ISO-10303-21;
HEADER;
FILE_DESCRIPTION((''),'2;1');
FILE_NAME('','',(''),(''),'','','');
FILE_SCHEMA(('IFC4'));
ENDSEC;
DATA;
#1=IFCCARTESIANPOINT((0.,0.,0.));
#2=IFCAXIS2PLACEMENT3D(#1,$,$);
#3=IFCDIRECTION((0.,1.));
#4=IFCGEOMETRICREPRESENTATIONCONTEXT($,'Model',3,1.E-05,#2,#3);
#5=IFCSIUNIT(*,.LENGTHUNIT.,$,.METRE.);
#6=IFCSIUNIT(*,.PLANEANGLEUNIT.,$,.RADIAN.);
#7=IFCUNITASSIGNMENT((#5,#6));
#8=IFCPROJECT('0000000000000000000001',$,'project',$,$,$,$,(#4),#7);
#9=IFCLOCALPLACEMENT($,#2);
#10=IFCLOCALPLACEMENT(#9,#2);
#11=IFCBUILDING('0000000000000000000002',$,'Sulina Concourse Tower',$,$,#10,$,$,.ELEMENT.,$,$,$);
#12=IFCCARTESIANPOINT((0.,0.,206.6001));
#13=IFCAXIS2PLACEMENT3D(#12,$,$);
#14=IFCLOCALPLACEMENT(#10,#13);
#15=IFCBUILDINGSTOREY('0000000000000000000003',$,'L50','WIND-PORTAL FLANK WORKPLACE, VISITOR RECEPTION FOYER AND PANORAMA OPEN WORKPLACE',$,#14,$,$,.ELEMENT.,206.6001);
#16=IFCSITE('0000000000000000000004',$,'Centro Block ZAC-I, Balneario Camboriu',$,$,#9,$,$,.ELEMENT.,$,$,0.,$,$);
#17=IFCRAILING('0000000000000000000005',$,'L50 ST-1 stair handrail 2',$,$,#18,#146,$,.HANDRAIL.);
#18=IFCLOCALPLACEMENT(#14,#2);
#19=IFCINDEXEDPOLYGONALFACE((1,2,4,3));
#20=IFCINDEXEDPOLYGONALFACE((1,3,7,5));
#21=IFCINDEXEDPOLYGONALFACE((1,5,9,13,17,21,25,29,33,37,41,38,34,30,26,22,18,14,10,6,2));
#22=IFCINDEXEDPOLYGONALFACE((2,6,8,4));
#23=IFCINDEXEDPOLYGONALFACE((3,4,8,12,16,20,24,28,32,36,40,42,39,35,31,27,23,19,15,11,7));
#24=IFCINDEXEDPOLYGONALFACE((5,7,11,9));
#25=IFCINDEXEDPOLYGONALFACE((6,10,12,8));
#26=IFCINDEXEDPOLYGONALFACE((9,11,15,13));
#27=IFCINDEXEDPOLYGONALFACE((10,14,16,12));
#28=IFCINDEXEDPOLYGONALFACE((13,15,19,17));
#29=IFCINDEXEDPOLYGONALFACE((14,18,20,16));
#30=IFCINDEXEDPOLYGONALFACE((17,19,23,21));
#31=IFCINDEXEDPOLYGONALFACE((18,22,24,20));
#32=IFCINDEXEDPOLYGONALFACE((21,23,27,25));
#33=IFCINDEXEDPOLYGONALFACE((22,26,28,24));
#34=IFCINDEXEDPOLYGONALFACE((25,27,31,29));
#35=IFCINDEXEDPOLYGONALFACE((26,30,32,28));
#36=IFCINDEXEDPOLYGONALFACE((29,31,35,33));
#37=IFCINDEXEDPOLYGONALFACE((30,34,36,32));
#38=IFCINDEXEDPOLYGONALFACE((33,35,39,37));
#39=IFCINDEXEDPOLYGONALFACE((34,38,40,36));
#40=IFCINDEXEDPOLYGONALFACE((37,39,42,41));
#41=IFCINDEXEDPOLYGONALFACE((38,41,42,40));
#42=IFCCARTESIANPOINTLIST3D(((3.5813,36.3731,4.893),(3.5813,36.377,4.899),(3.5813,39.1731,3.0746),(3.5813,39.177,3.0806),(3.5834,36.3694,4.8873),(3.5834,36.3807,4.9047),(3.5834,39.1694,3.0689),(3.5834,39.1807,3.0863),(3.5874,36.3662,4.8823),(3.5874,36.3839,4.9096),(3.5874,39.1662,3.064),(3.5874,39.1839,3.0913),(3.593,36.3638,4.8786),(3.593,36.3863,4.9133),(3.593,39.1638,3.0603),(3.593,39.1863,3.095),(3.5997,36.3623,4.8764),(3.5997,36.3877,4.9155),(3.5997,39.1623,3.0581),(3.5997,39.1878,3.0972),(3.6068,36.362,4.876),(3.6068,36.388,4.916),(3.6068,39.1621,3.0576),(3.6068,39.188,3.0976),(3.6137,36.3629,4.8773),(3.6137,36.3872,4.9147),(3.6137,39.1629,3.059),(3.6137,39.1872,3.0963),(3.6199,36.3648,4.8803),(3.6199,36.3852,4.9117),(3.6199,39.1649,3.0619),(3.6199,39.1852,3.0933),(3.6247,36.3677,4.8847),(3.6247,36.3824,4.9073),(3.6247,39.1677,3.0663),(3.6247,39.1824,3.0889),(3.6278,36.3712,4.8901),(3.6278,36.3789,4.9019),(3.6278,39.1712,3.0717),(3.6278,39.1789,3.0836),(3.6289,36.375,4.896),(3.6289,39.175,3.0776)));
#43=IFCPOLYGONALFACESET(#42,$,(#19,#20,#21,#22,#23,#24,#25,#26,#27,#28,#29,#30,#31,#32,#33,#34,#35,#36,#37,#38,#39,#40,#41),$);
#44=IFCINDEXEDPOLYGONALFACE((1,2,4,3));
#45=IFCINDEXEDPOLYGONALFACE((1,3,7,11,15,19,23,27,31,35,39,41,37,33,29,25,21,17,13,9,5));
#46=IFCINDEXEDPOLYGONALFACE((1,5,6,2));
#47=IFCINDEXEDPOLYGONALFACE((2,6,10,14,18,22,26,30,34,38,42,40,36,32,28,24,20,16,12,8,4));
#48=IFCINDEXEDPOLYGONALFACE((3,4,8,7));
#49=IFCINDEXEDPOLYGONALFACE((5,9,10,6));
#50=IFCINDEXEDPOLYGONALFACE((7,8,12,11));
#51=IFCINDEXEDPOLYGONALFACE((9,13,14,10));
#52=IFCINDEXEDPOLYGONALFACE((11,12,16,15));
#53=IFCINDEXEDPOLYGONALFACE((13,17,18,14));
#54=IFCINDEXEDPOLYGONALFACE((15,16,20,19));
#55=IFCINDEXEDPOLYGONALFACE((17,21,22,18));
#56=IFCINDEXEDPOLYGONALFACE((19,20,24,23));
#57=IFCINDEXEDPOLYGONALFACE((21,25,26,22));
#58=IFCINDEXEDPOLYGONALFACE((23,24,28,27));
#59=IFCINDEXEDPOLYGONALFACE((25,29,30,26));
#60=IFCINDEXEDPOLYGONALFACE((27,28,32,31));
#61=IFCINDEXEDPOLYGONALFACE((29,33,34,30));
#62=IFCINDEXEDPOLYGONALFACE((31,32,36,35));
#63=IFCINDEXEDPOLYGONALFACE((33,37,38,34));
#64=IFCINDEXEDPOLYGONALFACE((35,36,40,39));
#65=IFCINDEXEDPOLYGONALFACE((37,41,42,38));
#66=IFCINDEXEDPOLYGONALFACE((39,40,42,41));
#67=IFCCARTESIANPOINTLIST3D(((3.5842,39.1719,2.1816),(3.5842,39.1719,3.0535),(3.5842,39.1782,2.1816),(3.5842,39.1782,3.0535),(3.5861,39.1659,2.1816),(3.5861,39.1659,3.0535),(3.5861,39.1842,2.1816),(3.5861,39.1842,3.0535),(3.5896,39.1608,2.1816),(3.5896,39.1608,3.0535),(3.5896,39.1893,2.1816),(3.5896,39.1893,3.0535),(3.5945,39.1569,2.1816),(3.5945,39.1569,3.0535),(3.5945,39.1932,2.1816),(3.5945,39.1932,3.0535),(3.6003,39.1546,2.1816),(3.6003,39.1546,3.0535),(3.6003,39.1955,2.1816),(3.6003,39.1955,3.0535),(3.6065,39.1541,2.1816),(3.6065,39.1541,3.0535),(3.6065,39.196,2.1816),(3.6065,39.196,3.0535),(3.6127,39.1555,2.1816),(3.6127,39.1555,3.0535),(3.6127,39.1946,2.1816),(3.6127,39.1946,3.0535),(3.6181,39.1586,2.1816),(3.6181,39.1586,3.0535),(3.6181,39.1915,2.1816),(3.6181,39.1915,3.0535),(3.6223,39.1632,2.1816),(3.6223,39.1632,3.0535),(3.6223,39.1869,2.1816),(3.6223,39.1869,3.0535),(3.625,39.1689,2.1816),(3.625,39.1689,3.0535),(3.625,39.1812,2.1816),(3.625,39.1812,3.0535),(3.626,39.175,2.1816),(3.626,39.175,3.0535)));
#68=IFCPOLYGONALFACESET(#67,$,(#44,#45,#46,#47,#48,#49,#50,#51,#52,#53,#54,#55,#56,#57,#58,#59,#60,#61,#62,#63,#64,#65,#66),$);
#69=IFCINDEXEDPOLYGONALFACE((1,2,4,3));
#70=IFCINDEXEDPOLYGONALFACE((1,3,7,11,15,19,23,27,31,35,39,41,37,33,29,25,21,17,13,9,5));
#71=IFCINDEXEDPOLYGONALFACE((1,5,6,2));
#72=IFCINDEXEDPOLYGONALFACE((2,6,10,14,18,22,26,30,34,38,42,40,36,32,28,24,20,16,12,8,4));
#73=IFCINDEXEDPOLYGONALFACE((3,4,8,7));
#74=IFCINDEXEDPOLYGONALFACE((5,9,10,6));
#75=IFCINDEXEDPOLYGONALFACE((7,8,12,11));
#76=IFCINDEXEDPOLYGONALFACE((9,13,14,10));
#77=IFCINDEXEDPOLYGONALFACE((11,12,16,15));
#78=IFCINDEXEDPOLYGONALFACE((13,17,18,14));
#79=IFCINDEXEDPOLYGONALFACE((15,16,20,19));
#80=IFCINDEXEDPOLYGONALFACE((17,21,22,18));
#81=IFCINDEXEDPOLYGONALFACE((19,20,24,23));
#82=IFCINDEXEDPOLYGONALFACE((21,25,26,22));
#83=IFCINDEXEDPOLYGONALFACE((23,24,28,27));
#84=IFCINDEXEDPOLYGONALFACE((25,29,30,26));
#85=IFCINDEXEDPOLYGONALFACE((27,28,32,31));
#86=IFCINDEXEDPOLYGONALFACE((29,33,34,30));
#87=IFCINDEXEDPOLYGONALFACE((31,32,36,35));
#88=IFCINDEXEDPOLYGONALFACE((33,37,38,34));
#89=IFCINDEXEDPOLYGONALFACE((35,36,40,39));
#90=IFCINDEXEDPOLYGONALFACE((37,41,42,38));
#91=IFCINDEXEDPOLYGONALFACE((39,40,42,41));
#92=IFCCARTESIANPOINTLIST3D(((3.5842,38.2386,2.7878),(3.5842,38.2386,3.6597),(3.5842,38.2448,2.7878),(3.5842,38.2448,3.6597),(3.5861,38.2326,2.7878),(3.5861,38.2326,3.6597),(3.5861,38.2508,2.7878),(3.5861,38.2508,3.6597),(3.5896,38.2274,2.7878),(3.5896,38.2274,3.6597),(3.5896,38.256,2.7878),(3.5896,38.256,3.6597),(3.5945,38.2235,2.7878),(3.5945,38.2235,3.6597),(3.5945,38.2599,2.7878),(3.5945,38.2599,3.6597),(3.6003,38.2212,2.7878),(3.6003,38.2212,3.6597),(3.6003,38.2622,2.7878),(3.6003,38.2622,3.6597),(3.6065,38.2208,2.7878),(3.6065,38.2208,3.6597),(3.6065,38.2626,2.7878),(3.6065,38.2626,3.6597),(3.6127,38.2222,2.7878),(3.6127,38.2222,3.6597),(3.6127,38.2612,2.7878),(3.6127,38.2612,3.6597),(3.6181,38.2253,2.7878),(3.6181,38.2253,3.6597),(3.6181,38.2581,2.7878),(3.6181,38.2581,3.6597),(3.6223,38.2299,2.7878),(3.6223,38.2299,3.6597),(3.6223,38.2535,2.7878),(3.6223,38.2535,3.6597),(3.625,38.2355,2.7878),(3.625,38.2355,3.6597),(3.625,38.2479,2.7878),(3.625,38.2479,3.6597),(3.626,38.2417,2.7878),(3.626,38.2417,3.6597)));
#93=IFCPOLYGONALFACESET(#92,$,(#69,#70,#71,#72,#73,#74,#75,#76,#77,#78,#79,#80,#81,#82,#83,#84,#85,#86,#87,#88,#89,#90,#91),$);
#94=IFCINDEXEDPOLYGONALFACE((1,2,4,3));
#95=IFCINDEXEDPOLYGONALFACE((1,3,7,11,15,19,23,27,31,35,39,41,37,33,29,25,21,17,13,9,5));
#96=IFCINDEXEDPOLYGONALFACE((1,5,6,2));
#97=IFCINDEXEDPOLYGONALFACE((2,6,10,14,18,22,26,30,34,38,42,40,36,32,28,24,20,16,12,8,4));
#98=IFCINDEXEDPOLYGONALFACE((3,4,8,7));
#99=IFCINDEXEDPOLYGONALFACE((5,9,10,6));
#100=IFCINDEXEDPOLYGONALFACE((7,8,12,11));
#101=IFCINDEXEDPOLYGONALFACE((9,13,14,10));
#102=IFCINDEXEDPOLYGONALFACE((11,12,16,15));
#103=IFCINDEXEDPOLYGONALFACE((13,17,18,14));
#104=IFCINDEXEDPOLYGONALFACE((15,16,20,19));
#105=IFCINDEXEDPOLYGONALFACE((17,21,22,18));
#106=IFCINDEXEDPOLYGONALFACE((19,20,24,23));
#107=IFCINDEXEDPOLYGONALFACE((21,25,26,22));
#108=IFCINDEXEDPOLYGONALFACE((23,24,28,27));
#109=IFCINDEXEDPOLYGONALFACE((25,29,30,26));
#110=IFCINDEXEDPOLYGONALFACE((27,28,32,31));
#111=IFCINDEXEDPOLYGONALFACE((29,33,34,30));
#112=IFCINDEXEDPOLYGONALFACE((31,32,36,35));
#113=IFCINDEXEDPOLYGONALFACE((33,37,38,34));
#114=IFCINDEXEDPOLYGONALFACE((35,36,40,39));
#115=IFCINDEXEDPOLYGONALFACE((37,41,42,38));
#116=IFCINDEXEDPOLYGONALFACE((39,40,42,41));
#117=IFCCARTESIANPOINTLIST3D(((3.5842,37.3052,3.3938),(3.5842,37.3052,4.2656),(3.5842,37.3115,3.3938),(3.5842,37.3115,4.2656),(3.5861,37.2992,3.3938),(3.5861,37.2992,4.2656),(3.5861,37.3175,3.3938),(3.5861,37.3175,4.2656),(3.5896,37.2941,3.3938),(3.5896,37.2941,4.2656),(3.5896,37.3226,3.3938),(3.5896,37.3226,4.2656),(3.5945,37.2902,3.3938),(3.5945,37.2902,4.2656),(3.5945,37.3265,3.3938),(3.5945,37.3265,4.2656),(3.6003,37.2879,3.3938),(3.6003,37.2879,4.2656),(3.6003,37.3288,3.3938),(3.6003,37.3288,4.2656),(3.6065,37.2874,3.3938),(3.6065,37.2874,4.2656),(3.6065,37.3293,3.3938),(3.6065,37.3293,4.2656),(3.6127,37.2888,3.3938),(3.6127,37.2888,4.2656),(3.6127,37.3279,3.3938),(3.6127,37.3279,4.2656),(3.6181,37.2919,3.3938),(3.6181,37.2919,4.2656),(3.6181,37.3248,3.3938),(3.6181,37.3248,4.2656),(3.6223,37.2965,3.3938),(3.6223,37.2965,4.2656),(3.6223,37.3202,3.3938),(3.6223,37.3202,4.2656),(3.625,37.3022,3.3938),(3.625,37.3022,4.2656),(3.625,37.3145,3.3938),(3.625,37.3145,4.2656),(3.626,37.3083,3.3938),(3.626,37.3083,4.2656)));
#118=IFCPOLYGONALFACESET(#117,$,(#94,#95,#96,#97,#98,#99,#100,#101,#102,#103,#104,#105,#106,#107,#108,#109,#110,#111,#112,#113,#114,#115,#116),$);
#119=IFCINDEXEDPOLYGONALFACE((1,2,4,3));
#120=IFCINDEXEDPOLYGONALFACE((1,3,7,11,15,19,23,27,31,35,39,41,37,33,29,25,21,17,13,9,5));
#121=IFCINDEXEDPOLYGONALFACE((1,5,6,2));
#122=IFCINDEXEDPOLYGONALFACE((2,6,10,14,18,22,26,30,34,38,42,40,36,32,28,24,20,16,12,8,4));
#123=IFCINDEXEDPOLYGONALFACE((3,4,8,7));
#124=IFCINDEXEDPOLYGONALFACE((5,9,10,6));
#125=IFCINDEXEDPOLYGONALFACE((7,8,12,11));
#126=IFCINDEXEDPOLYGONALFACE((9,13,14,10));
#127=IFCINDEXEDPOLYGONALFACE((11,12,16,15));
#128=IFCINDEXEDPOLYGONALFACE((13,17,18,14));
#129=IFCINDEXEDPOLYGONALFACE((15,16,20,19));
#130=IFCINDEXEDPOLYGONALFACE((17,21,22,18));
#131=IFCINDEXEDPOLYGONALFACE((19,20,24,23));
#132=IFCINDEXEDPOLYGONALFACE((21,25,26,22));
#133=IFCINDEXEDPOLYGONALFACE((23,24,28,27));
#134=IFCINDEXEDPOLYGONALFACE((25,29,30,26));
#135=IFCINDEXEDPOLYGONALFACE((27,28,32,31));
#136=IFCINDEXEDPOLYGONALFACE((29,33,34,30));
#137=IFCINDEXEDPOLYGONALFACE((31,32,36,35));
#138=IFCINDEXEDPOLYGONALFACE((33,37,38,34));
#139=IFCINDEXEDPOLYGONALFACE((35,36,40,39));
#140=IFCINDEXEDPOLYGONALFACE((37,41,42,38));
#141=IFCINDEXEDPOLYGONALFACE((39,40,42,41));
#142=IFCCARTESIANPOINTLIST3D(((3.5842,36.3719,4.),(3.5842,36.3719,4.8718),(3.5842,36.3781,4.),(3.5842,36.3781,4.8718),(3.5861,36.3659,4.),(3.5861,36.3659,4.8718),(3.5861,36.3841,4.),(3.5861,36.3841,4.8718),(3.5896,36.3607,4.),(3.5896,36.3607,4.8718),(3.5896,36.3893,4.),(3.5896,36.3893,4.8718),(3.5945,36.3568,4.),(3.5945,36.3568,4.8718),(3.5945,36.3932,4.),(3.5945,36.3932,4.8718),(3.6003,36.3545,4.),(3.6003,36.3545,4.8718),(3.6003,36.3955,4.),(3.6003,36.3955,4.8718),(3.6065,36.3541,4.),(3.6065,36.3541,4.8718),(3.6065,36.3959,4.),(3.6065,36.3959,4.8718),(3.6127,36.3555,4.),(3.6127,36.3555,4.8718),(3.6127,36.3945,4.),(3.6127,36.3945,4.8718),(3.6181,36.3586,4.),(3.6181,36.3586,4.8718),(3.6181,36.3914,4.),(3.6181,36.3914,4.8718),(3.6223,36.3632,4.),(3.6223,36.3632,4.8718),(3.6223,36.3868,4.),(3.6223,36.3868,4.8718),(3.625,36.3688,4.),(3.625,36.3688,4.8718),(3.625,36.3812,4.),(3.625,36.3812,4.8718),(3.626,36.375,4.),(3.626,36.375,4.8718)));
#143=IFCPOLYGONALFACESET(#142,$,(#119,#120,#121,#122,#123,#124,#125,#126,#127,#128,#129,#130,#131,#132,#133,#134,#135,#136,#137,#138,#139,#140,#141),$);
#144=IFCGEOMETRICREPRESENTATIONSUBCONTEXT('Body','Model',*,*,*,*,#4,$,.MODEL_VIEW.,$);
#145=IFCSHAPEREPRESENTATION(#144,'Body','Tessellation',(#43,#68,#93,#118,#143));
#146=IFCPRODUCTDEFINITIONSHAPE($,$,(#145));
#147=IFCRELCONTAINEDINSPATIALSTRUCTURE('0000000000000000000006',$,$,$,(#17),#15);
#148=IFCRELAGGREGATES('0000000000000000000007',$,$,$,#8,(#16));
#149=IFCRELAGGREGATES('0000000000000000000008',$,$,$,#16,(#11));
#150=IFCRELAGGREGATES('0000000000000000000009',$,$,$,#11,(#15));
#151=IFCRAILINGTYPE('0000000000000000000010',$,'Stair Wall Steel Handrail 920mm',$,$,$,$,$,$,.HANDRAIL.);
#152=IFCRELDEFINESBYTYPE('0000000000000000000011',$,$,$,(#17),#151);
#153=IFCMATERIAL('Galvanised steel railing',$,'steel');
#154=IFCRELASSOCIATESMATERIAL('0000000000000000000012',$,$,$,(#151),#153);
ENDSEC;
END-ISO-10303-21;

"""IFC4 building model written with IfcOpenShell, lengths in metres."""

from ifc_helpers import new_model, si_unit, direction, frame, origin, origin_2d, place, context, subcontext, project, spatial, circle, extrude, material, type_object, element, save


model = new_model("IFC4")

# Units and contexts
model_context = context("Model", 3, precision=1e-05, world=origin(), true_north=direction((0.0, 1.0)))
body_context = subcontext(model_context, "Body", "Model", "MODEL_VIEW")
ifc_project = project(units=[si_unit("LENGTHUNIT", "METRE"), si_unit("PLANEANGLEUNIT", "RADIAN")], contexts=[model_context])

# Site, building, storey
site_placement = place(None, origin())
site = spatial("IfcSite", under=ifc_project, at=site_placement, Name="Centro Block ZAC-I, Balneario Camboriu", CompositionType="ELEMENT", RefElevation=0.0)
building_placement = place(site_placement, origin())
building = spatial("IfcBuilding", under=site, at=building_placement, Name="Sulina Concourse Tower", CompositionType="ELEMENT")
storey_placement = place(building_placement, frame((0.0, 0.0, 206.6001)))
storey = spatial("IfcBuildingStorey", under=building, at=storey_placement, Name="L50", Description="WIND-PORTAL FLANK WORKPLACE, VISITOR RECEPTION FOYER AND PANORAMA OPEN WORKPLACE", CompositionType="ELEMENT", Elevation=206.6001)

# Railing
ifc_material_1 = material(Name="Galvanised steel railing", Category="steel")
railing_type_1 = type_object("IfcRailingType", Name="Stair Wall Steel Handrail 920mm", PredefinedType="HANDRAIL", material=ifc_material_1)
railing_1_placement = place(storey_placement, frame((3.605, 39.175, 2.1816)))
element("IfcRailing", 1, at=railing_1_placement, inside=storey, type_object=railing_type_1, Name="L50 ST-1 stair handrail 2", PredefinedType="HANDRAIL", context=body_context, shape_type="SweptSolid", body=[
    extrude(circle(Radius=0.0239, at=origin_2d()), frame((0.0, 0.0, 0.896), z_axis=(0.0, -0.838672, 0.544636), x_axis=(1.0, 0.0, 0.0)), (0.0, 0.0, 1.0), 3.3386),
    extrude(circle(Radius=0.021, at=origin_2d()), origin(), (0.0, 0.0, 1.0), 0.8718),
    extrude(circle(Radius=0.021, at=origin_2d()), frame((0.0, -0.9333, 0.6062)), (0.0, 0.0, 1.0), 0.8718),
    extrude(circle(Radius=0.021, at=origin_2d()), frame((0.0, -1.8667, 1.2122)), (0.0, 0.0, 1.0), 0.8718),
    extrude(circle(Radius=0.021, at=origin_2d()), frame((0.0, -2.8, 1.8184)), (0.0, 0.0, 1.0), 0.8718),
])

save(model, "model.ifc")
